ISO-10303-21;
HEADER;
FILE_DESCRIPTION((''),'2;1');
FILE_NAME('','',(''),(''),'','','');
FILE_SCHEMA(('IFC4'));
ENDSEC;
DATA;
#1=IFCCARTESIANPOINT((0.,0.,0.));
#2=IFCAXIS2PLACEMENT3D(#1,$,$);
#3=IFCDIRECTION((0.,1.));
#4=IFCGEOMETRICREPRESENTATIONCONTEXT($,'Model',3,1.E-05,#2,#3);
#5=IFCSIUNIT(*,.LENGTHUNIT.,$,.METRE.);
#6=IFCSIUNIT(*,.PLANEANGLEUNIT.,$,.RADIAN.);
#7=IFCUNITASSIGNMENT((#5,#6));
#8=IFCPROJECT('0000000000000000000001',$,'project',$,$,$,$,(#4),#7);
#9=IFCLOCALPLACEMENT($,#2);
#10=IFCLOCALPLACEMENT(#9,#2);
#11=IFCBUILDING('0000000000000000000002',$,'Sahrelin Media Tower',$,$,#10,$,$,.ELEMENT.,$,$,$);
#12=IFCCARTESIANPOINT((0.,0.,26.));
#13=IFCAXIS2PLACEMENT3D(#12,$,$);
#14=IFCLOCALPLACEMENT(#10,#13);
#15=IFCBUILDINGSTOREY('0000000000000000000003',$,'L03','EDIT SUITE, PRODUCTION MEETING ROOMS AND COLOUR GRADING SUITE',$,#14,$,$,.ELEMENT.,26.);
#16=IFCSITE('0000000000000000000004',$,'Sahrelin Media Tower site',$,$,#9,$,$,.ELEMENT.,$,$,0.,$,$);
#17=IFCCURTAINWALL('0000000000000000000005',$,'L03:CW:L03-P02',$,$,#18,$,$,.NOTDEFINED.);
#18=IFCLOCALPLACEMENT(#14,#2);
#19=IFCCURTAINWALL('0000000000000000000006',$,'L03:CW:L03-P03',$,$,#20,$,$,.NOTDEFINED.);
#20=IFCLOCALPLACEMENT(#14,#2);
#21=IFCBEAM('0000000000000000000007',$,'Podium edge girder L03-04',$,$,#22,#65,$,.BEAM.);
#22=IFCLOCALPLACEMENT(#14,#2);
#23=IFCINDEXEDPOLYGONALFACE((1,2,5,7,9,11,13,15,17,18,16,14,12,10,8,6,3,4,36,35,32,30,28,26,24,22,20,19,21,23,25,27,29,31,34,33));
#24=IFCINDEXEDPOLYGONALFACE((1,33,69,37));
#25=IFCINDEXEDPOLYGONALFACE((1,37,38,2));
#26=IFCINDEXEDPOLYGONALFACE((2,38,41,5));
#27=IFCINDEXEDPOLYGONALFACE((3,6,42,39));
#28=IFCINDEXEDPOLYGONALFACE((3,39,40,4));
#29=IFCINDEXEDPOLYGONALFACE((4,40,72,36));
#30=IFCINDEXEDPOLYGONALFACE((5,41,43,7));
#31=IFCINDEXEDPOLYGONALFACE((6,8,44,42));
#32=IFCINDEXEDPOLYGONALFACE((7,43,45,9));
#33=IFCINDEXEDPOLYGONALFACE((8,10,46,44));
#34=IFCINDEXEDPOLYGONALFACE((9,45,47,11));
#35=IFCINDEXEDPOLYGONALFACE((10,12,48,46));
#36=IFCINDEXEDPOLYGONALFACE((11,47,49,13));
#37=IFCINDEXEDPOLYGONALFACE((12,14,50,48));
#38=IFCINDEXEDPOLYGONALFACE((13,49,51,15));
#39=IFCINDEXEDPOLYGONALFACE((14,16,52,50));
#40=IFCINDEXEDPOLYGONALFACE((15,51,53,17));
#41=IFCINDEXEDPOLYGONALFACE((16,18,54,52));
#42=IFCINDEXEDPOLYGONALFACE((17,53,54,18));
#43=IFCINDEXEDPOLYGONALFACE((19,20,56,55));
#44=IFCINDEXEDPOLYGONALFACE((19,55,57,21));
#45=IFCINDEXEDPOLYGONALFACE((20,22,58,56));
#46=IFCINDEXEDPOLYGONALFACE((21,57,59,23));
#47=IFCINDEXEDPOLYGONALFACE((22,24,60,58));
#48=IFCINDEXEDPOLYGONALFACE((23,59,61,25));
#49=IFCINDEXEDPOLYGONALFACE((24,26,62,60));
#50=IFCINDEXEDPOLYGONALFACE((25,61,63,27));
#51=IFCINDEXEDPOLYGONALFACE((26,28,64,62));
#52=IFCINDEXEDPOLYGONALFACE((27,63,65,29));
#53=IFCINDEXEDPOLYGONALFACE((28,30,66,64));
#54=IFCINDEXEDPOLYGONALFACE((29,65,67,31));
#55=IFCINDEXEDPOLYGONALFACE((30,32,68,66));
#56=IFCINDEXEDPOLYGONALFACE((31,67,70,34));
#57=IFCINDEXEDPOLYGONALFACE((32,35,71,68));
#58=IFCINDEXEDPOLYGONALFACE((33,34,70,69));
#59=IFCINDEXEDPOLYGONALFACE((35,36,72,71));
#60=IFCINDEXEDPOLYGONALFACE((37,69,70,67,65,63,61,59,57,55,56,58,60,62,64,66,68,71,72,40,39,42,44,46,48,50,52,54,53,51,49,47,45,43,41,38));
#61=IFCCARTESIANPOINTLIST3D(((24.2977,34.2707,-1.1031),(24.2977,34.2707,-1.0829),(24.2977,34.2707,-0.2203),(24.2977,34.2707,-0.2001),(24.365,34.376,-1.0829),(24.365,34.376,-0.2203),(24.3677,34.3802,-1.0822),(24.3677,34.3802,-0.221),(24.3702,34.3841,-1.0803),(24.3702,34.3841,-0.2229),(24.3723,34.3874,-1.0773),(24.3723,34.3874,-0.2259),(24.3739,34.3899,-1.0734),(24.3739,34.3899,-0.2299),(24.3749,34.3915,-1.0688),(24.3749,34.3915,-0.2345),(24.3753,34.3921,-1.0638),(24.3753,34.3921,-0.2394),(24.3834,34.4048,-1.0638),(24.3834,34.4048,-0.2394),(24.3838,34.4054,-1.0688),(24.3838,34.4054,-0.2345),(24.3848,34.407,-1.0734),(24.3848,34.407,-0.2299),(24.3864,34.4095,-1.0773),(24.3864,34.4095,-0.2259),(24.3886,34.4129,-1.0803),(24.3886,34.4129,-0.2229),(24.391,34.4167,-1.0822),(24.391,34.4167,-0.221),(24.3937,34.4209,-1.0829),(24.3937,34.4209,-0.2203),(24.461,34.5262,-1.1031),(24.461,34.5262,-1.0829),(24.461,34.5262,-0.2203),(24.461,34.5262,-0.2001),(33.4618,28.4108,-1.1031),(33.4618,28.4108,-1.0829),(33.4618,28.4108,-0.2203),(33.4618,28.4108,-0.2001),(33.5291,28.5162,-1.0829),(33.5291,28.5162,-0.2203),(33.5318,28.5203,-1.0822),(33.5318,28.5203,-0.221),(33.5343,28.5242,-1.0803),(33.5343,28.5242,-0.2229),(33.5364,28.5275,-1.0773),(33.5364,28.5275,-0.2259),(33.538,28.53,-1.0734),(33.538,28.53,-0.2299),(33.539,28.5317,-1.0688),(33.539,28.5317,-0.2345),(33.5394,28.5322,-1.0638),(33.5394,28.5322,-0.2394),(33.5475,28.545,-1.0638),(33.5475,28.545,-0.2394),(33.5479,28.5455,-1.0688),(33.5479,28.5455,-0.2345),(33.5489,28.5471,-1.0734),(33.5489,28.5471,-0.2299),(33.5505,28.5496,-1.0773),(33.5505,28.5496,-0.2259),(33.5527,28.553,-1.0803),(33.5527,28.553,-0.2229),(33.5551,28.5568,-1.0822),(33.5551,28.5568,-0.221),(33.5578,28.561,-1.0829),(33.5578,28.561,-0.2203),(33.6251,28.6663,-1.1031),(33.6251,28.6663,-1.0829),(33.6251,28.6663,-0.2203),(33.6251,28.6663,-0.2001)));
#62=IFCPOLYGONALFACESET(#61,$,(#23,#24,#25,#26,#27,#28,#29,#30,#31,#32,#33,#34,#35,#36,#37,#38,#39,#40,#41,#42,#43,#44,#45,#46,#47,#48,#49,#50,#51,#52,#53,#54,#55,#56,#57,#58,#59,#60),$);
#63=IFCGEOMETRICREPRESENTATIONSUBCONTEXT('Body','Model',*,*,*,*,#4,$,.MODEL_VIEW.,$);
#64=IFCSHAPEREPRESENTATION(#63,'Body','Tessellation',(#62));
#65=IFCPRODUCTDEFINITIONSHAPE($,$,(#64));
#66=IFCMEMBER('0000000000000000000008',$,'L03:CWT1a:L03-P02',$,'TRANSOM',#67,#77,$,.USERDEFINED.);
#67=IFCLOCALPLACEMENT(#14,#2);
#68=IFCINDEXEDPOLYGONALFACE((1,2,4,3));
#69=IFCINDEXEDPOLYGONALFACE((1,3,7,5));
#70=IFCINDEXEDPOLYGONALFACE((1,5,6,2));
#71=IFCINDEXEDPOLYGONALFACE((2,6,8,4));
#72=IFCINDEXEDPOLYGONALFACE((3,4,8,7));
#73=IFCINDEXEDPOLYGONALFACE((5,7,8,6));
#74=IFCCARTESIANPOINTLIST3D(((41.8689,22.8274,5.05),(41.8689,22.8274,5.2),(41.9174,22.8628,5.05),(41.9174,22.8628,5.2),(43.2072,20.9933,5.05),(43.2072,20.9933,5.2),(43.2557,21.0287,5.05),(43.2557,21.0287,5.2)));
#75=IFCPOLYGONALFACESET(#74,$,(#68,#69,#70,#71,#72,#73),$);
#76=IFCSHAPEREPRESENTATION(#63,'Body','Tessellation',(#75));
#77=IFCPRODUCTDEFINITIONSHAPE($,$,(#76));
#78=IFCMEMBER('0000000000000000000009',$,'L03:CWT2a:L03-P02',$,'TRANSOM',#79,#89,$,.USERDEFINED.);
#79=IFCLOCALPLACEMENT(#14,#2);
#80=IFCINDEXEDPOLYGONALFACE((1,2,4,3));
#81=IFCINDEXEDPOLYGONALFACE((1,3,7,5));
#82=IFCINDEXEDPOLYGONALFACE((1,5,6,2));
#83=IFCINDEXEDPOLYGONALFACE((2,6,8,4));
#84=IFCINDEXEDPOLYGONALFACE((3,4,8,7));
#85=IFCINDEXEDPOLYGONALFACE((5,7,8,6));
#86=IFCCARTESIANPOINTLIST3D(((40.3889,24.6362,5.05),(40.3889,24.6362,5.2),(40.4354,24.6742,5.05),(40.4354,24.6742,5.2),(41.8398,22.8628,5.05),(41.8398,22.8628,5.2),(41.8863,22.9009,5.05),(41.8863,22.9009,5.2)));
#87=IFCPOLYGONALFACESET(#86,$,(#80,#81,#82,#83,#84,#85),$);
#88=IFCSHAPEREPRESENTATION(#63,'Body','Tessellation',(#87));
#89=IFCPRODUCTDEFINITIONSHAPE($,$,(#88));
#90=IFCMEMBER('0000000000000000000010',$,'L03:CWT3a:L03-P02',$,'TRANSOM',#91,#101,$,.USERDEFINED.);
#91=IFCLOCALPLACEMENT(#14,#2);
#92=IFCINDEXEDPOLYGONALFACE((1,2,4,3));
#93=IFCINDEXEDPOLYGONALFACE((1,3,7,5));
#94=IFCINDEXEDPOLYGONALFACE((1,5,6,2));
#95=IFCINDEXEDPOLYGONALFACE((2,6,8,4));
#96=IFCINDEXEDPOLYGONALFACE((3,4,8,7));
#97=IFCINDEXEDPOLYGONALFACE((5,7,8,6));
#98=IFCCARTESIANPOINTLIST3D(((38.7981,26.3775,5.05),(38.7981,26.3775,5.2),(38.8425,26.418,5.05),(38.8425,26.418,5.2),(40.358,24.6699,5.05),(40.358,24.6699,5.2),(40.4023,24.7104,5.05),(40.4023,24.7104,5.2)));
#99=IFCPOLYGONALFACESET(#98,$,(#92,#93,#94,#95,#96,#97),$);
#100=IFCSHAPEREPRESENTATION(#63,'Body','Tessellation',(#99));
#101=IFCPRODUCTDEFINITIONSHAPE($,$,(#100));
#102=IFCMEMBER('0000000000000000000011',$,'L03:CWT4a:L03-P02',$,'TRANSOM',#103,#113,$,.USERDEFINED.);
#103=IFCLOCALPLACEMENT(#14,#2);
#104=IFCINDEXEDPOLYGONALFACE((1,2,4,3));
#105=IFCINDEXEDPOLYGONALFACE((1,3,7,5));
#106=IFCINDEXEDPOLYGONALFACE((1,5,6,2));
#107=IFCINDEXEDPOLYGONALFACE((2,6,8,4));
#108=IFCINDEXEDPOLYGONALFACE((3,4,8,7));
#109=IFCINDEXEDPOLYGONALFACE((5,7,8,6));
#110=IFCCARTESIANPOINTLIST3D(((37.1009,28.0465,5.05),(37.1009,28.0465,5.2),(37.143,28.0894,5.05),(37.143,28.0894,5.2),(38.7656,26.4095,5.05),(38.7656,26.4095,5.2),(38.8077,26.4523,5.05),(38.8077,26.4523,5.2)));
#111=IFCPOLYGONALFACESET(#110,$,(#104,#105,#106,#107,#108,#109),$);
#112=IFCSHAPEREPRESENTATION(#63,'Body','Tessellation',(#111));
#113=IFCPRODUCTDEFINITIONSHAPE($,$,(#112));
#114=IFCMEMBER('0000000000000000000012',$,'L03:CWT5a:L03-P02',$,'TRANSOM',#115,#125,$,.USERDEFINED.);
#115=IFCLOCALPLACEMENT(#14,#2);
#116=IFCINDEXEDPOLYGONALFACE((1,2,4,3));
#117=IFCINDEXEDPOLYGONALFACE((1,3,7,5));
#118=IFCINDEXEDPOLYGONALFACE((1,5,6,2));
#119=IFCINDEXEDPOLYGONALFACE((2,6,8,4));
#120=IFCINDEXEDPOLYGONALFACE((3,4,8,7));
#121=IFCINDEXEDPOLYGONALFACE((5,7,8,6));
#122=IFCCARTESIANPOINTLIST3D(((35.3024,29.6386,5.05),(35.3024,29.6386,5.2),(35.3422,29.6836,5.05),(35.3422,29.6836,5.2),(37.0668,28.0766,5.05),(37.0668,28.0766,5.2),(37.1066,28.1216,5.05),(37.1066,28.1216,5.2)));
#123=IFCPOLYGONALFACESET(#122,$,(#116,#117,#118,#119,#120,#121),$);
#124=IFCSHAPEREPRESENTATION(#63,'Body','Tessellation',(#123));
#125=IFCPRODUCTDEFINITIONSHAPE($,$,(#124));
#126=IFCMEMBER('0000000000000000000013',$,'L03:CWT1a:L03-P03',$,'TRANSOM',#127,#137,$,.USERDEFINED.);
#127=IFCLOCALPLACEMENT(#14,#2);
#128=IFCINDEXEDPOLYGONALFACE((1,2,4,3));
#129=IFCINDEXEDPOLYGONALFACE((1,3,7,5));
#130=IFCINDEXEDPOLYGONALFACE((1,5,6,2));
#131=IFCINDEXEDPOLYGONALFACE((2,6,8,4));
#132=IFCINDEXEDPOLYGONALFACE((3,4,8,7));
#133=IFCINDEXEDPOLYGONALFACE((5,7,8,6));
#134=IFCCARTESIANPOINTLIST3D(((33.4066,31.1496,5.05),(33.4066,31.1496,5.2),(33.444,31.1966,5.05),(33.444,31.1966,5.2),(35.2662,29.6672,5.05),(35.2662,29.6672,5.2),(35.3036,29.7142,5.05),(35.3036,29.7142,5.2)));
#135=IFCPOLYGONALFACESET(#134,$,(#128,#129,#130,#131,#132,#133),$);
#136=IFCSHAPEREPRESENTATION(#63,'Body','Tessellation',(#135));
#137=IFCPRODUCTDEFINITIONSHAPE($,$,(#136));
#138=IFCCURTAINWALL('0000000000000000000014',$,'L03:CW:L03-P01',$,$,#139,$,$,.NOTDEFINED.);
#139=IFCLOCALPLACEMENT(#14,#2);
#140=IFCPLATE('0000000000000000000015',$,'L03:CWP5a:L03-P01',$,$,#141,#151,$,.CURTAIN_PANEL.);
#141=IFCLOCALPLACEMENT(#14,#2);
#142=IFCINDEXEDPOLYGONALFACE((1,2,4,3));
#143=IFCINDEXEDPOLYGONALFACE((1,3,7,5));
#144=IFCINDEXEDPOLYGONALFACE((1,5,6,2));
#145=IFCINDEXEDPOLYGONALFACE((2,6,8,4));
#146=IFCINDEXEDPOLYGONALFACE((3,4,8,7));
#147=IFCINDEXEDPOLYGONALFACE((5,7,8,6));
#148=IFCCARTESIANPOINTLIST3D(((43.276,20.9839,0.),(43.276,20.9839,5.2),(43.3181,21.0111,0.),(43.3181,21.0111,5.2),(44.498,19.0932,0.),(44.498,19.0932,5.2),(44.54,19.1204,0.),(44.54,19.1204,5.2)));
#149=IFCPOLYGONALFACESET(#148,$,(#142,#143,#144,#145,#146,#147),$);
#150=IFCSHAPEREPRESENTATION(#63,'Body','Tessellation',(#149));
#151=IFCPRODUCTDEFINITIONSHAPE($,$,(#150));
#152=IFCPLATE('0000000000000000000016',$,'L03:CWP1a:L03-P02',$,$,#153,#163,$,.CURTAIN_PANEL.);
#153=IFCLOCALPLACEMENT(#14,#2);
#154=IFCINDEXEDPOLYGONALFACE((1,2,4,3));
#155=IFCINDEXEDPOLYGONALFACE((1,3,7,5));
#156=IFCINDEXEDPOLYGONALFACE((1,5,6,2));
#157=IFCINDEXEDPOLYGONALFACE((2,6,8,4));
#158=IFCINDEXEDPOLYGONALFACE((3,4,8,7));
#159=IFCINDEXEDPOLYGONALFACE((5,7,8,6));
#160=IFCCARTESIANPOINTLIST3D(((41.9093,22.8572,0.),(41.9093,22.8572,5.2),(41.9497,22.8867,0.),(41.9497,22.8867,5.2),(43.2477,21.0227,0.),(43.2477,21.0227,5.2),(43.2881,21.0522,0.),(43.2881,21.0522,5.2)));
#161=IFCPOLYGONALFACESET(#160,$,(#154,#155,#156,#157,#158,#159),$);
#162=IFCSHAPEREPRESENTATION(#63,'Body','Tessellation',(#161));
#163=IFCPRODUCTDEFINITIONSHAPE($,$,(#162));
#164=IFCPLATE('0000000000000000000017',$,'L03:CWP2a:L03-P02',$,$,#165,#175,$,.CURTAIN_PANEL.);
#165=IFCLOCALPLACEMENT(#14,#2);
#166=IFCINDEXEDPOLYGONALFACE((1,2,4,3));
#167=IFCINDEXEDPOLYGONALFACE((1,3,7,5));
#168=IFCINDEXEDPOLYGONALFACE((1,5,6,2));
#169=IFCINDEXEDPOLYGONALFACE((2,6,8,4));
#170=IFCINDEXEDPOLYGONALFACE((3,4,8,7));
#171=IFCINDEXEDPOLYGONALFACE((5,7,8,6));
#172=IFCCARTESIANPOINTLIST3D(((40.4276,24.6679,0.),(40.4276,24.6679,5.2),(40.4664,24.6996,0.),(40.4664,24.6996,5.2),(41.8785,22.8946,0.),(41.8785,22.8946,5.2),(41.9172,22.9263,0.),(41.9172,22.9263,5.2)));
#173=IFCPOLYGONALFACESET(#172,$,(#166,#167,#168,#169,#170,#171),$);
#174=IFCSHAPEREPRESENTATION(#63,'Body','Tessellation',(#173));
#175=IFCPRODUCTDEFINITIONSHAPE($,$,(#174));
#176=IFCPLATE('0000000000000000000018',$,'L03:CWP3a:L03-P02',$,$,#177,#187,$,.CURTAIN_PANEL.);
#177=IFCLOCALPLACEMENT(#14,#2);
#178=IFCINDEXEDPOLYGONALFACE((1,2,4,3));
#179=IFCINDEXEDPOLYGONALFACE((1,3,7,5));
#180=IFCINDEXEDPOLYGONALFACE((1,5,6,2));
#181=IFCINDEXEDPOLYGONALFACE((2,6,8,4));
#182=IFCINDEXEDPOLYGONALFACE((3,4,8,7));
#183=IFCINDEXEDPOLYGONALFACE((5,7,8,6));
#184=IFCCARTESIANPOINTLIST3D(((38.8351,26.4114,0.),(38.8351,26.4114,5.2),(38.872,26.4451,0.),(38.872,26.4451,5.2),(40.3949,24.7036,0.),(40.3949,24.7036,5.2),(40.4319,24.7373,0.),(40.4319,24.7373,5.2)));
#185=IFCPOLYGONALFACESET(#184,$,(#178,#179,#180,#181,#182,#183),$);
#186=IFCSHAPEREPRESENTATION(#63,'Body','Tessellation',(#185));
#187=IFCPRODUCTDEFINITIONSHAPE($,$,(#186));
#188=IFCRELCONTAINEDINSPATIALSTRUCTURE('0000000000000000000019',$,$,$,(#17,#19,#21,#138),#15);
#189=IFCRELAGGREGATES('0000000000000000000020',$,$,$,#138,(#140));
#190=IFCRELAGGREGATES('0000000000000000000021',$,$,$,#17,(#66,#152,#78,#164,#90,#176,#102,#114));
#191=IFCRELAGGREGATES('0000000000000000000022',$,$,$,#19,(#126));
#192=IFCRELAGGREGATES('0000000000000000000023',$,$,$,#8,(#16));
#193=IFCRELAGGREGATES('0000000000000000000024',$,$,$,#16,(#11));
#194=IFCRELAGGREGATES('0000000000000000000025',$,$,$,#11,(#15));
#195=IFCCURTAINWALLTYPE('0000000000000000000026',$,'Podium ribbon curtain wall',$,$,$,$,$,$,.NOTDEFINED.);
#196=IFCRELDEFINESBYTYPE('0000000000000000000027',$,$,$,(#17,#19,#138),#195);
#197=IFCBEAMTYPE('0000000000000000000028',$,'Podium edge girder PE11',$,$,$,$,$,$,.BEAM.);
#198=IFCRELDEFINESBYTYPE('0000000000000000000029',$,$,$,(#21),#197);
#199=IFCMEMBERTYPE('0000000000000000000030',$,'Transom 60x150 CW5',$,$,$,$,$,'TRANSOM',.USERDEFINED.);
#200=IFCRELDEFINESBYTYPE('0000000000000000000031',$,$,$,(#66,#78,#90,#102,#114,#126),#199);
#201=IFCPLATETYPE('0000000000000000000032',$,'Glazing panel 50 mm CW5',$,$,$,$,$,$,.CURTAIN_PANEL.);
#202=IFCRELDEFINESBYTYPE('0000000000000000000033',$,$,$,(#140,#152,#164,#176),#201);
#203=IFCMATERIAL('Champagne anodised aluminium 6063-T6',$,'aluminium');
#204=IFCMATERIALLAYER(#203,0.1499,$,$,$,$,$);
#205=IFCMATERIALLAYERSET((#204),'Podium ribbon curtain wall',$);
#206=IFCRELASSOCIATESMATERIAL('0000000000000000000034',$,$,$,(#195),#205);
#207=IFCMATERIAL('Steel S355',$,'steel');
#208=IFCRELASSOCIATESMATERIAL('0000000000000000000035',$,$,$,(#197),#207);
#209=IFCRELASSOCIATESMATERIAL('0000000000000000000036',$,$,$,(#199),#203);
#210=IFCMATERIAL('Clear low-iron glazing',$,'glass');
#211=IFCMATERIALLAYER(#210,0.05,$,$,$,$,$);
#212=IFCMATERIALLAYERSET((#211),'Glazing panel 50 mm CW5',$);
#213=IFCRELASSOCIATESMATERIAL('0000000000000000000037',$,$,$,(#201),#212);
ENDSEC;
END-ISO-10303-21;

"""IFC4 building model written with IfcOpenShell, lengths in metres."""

from ifc_helpers import new_model, si_unit, direction, frame, origin, origin_2d, place, context, subcontext, project, spatial, polyline, rectangle, i_section, outline, extrude, material, layer, layer_set, material_profile, profile_set, type_object, element, aggregate, save


model = new_model("IFC4")

# Units and contexts
model_context = context("Model", 3, precision=1e-05, world=origin(), true_north=direction((0.0, 1.0)))
body_context = subcontext(model_context, "Body", "Model", "MODEL_VIEW")
ifc_project = project(units=[si_unit("LENGTHUNIT", "METRE"), si_unit("PLANEANGLEUNIT", "RADIAN")], contexts=[model_context])

# Site, building, storey
site_placement = place(None, origin())
site = spatial("IfcSite", under=ifc_project, at=site_placement, Name="Sahrelin Media Tower site", CompositionType="ELEMENT", RefElevation=0.0)
building_placement = place(site_placement, origin())
building = spatial("IfcBuilding", under=site, at=building_placement, Name="Sahrelin Media Tower", CompositionType="ELEMENT")
storey_placement = place(building_placement, frame((0.0, 0.0, 26.0)))
storey = spatial("IfcBuildingStorey", under=building, at=storey_placement, Name="L03", Description="EDIT SUITE, PRODUCTION MEETING ROOMS AND COLOUR GRADING SUITE", CompositionType="ELEMENT", Elevation=26.0)

# Curtain wall
ifc_material_1 = material(Name="Champagne anodised aluminium 6063-T6", Category="aluminium")
ifc_layer_1 = layer(ifc_material_1, 0.1499)
ifc_layer_set_1 = layer_set([ifc_layer_1], Name="Podium ribbon curtain wall")
curtain_wall_type = type_object("IfcCurtainWallType", Name="Podium ribbon curtain wall", PredefinedType="NOTDEFINED", material=ifc_layer_set_1)
curtain_wall_1_placement = place(storey_placement, frame((43.3013, 21.0, 0.0), z_axis=(0.0, 0.0, 1.0), x_axis=(1.0, 0.0, 0.0)))
curtain_wall_1 = element("IfcCurtainWall", 1, at=curtain_wall_1_placement, inside=storey, type_object=curtain_wall_type, Name="L03:CW:L03-P02", PredefinedType="NOTDEFINED")

# Curtain wall
curtain_wall_2_placement = place(storey_placement, frame((35.3552, 29.6985, 0.0), z_axis=(0.0, 0.0, 1.0), x_axis=(1.0, 0.0, 0.0)))
curtain_wall_2 = element("IfcCurtainWall", 2, at=curtain_wall_2_placement, inside=storey, type_object=curtain_wall_type, Name="L03:CW:L03-P03", PredefinedType="NOTDEFINED")

# Beam
ifc_material_2 = material(Name="Steel S355", Category="steel")
ifc_material_profile_1 = material_profile(ifc_material_2, i_section(OverallWidth=0.3032, OverallDepth=0.9031, WebThickness=0.0151, FlangeThickness=0.0203, FilletRadius=0.019, at=origin_2d()), Name="UB 914x305x201")
ifc_profile_set_1 = profile_set([ifc_material_profile_1], Name="Steel S355")
beam_type = type_object("IfcBeamType", Name="Podium edge girder PE11", PredefinedType="BEAM", material=ifc_profile_set_1)
beam_1_placement = place(storey_placement, frame((33.5435, 28.5386, -0.6516), z_axis=(-0.842486, 0.538719, 0.0), x_axis=(-0.538719, -0.842486, 0.0)))
element("IfcBeam", 3, at=beam_1_placement, inside=storey, type_object=beam_type, Name="Podium edge girder L03-04", PredefinedType="BEAM", context=body_context, shape_type="SweptSolid", body=[
    extrude(i_section(OverallWidth=0.3032, OverallDepth=0.9031, WebThickness=0.0151, FlangeThickness=0.0203, FilletRadius=0.019, at=origin_2d()), origin(), (0.0, 0.0, 1.0), 10.8774),
])

# Members
ifc_material_profile_2 = material_profile(ifc_material_1, rectangle(XDim=0.0601, YDim=0.1499, at=origin_2d()), Name="Transom 60x150")
ifc_profile_set_2 = profile_set([ifc_material_profile_2], Name="Champagne anodised aluminium 6063-T6")
member_type_1 = type_object("IfcMemberType", Name="Transom 60x150 CW5", ElementType="TRANSOM", PredefinedType="USERDEFINED", material=ifc_profile_set_2)
member_1_placement = place(storey_placement, frame((43.2314, 21.011, 5.125), z_axis=(-0.589437, 0.807814, 0.0), x_axis=(-0.807814, -0.589437, 0.0)))
member_1 = element("IfcMember", 4, at=member_1_placement, type_object=member_type_1, Name="L03:CWT1a:L03-P02", ObjectType="TRANSOM", PredefinedType="USERDEFINED", context=body_context, shape_type="SweptSolid", body=[
    extrude(rectangle(XDim=0.0601, YDim=0.1499, at=origin_2d()), origin(), (0.0, 0.0, 1.0), 2.2705),
])
member_2_placement = place(storey_placement, frame((41.863, 22.8818, 5.125), z_axis=(-0.63322, 0.773972, 0.0), x_axis=(-0.773972, -0.63322, 0.0)))
member_2 = element("IfcMember", 5, at=member_2_placement, type_object=member_type_1, Name="L03:CWT2a:L03-P02", ObjectType="TRANSOM", PredefinedType="USERDEFINED", context=body_context, shape_type="SweptSolid", body=[
    extrude(rectangle(XDim=0.0601, YDim=0.1499, at=origin_2d()), origin(), (0.0, 0.0, 1.0), 2.2913),
])
member_3_placement = place(storey_placement, frame((40.3801, 24.6902, 5.125), z_axis=(-0.674452, 0.738319, 0.0), x_axis=(-0.738319, -0.674452, 0.0)))
member_3 = element("IfcMember", 6, at=member_3_placement, type_object=member_type_1, Name="L03:CWT3a:L03-P02", ObjectType="TRANSOM", PredefinedType="USERDEFINED", context=body_context, shape_type="SweptSolid", body=[
    extrude(rectangle(XDim=0.0601, YDim=0.1499, at=origin_2d()), origin(), (0.0, 0.0, 1.0), 2.3127),
])
member_4_placement = place(storey_placement, frame((38.7866, 26.4309, 5.125), z_axis=(-0.712991, 0.701174, 0.0), x_axis=(-0.701174, -0.712991, 0.0)))
member_4 = element("IfcMember", 7, at=member_4_placement, type_object=member_type_1, Name="L03:CWT4a:L03-P02", ObjectType="TRANSOM", PredefinedType="USERDEFINED", context=body_context, shape_type="SweptSolid", body=[
    extrude(rectangle(XDim=0.0601, YDim=0.1499, at=origin_2d()), origin(), (0.0, 0.0, 1.0), 2.3347),
])
member_5_placement = place(storey_placement, frame((37.0867, 28.0991, 5.125), z_axis=(-0.748745, 0.662858, 0.0), x_axis=(-0.662858, -0.748745, 0.0)))
member_5 = element("IfcMember", 8, at=member_5_placement, type_object=member_type_1, Name="L03:CWT5a:L03-P02", ObjectType="TRANSOM", PredefinedType="USERDEFINED", context=body_context, shape_type="SweptSolid", body=[
    extrude(rectangle(XDim=0.0601, YDim=0.1499, at=origin_2d()), origin(), (0.0, 0.0, 1.0), 2.3564),
])
member_6_placement = place(storey_placement, frame((35.2849, 29.6907, 5.125), z_axis=(-0.781949, 0.623342, 0.0), x_axis=(-0.623342, -0.781949, 0.0)))
member_6 = element("IfcMember", 9, at=member_6_placement, type_object=member_type_1, Name="L03:CWT1a:L03-P03", ObjectType="TRANSOM", PredefinedType="USERDEFINED", context=body_context, shape_type="SweptSolid", body=[
    extrude(rectangle(XDim=0.0601, YDim=0.1499, at=origin_2d()), origin(), (0.0, 0.0, 1.0), 2.3782),
])

# Curtain wall, plate
curtain_wall_3_placement = place(storey_placement, frame((48.2964, 10.8704, 0.0), z_axis=(0.0, 0.0, 1.0), x_axis=(1.0, 0.0, 0.0)))
curtain_wall_3 = element("IfcCurtainWall", 10, at=curtain_wall_3_placement, inside=storey, type_object=curtain_wall_type, Name="L03:CW:L03-P01", PredefinedType="NOTDEFINED")
ifc_material_3 = material(Name="Clear low-iron glazing", Category="glass")
ifc_layer_2 = layer(ifc_material_3, 0.05)
ifc_layer_set_2 = layer_set([ifc_layer_2], Name="Glazing panel 50 mm CW5")
plate_type = type_object("IfcPlateType", Name="Glazing panel 50 mm CW5", PredefinedType="CURTAIN_PANEL", material=ifc_layer_set_2)
plate_1_placement = place(storey_placement, frame((44.54, 19.1204, 0.0), z_axis=(0.839858, 0.542806, 0.0), x_axis=(-0.542806, 0.839858, 0.0)))
plate_1 = element("IfcPlate", 11, at=plate_1_placement, type_object=plate_type, Name="L03:CWP5a:L03-P01", PredefinedType="CURTAIN_PANEL", context=body_context, shape_type="SweptSolid", body=[
    extrude(outline(polyline([(0.0, 0.0), (2.2512, 0.0), (2.2512, 5.2), (0.0, 5.2), (0.0, 0.0)])), origin(), (0.0, 0.0, -1.0), 0.05),
])
aggregate(curtain_wall_3, [plate_1])

# Plates
plate_2_placement = place(storey_placement, frame((43.2881, 21.0522, 0.0), z_axis=(0.807852, 0.589386, 0.0), x_axis=(-0.589386, 0.807852, 0.0)))
plate_2 = element("IfcPlate", 12, at=plate_2_placement, type_object=plate_type, Name="L03:CWP1a:L03-P02", PredefinedType="CURTAIN_PANEL", context=body_context, shape_type="SweptSolid", body=[
    extrude(outline(polyline([(0.0, 0.0), (2.2708, 0.0), (2.2708, 5.2), (0.0, 5.2), (0.0, 0.0)])), origin(), (0.0, 0.0, -1.0), 0.05),
])
plate_3_placement = place(storey_placement, frame((41.9172, 22.9263, 0.0), z_axis=(0.773972, 0.63322, 0.0), x_axis=(-0.63322, 0.773972, 0.0)))
plate_3 = element("IfcPlate", 13, at=plate_3_placement, type_object=plate_type, Name="L03:CWP2a:L03-P02", PredefinedType="CURTAIN_PANEL", context=body_context, shape_type="SweptSolid", body=[
    extrude(outline(polyline([(0.0, 0.0), (2.2913, 0.0), (2.2913, 5.2), (0.0, 5.2), (0.0, 0.0)])), origin(), (0.0, 0.0, -1.0), 0.05),
])
plate_4_placement = place(storey_placement, frame((40.4319, 24.7373, 0.0), z_axis=(0.738367, 0.6744, 0.0), x_axis=(-0.6744, 0.738367, 0.0)))
plate_4 = element("IfcPlate", 14, at=plate_4_placement, type_object=plate_type, Name="L03:CWP3a:L03-P02", PredefinedType="CURTAIN_PANEL", context=body_context, shape_type="SweptSolid", body=[
    extrude(outline(polyline([(0.0, 0.0), (2.313, 0.0), (2.313, 5.2), (0.0, 5.2), (0.0, 0.0)])), origin(), (0.0, 0.0, -1.0), 0.05),
])
aggregate(curtain_wall_1, [member_1, plate_2, member_2, plate_3, member_3, plate_4, member_4, member_5])
aggregate(curtain_wall_2, [member_6])

save(model, "model.ifc")
